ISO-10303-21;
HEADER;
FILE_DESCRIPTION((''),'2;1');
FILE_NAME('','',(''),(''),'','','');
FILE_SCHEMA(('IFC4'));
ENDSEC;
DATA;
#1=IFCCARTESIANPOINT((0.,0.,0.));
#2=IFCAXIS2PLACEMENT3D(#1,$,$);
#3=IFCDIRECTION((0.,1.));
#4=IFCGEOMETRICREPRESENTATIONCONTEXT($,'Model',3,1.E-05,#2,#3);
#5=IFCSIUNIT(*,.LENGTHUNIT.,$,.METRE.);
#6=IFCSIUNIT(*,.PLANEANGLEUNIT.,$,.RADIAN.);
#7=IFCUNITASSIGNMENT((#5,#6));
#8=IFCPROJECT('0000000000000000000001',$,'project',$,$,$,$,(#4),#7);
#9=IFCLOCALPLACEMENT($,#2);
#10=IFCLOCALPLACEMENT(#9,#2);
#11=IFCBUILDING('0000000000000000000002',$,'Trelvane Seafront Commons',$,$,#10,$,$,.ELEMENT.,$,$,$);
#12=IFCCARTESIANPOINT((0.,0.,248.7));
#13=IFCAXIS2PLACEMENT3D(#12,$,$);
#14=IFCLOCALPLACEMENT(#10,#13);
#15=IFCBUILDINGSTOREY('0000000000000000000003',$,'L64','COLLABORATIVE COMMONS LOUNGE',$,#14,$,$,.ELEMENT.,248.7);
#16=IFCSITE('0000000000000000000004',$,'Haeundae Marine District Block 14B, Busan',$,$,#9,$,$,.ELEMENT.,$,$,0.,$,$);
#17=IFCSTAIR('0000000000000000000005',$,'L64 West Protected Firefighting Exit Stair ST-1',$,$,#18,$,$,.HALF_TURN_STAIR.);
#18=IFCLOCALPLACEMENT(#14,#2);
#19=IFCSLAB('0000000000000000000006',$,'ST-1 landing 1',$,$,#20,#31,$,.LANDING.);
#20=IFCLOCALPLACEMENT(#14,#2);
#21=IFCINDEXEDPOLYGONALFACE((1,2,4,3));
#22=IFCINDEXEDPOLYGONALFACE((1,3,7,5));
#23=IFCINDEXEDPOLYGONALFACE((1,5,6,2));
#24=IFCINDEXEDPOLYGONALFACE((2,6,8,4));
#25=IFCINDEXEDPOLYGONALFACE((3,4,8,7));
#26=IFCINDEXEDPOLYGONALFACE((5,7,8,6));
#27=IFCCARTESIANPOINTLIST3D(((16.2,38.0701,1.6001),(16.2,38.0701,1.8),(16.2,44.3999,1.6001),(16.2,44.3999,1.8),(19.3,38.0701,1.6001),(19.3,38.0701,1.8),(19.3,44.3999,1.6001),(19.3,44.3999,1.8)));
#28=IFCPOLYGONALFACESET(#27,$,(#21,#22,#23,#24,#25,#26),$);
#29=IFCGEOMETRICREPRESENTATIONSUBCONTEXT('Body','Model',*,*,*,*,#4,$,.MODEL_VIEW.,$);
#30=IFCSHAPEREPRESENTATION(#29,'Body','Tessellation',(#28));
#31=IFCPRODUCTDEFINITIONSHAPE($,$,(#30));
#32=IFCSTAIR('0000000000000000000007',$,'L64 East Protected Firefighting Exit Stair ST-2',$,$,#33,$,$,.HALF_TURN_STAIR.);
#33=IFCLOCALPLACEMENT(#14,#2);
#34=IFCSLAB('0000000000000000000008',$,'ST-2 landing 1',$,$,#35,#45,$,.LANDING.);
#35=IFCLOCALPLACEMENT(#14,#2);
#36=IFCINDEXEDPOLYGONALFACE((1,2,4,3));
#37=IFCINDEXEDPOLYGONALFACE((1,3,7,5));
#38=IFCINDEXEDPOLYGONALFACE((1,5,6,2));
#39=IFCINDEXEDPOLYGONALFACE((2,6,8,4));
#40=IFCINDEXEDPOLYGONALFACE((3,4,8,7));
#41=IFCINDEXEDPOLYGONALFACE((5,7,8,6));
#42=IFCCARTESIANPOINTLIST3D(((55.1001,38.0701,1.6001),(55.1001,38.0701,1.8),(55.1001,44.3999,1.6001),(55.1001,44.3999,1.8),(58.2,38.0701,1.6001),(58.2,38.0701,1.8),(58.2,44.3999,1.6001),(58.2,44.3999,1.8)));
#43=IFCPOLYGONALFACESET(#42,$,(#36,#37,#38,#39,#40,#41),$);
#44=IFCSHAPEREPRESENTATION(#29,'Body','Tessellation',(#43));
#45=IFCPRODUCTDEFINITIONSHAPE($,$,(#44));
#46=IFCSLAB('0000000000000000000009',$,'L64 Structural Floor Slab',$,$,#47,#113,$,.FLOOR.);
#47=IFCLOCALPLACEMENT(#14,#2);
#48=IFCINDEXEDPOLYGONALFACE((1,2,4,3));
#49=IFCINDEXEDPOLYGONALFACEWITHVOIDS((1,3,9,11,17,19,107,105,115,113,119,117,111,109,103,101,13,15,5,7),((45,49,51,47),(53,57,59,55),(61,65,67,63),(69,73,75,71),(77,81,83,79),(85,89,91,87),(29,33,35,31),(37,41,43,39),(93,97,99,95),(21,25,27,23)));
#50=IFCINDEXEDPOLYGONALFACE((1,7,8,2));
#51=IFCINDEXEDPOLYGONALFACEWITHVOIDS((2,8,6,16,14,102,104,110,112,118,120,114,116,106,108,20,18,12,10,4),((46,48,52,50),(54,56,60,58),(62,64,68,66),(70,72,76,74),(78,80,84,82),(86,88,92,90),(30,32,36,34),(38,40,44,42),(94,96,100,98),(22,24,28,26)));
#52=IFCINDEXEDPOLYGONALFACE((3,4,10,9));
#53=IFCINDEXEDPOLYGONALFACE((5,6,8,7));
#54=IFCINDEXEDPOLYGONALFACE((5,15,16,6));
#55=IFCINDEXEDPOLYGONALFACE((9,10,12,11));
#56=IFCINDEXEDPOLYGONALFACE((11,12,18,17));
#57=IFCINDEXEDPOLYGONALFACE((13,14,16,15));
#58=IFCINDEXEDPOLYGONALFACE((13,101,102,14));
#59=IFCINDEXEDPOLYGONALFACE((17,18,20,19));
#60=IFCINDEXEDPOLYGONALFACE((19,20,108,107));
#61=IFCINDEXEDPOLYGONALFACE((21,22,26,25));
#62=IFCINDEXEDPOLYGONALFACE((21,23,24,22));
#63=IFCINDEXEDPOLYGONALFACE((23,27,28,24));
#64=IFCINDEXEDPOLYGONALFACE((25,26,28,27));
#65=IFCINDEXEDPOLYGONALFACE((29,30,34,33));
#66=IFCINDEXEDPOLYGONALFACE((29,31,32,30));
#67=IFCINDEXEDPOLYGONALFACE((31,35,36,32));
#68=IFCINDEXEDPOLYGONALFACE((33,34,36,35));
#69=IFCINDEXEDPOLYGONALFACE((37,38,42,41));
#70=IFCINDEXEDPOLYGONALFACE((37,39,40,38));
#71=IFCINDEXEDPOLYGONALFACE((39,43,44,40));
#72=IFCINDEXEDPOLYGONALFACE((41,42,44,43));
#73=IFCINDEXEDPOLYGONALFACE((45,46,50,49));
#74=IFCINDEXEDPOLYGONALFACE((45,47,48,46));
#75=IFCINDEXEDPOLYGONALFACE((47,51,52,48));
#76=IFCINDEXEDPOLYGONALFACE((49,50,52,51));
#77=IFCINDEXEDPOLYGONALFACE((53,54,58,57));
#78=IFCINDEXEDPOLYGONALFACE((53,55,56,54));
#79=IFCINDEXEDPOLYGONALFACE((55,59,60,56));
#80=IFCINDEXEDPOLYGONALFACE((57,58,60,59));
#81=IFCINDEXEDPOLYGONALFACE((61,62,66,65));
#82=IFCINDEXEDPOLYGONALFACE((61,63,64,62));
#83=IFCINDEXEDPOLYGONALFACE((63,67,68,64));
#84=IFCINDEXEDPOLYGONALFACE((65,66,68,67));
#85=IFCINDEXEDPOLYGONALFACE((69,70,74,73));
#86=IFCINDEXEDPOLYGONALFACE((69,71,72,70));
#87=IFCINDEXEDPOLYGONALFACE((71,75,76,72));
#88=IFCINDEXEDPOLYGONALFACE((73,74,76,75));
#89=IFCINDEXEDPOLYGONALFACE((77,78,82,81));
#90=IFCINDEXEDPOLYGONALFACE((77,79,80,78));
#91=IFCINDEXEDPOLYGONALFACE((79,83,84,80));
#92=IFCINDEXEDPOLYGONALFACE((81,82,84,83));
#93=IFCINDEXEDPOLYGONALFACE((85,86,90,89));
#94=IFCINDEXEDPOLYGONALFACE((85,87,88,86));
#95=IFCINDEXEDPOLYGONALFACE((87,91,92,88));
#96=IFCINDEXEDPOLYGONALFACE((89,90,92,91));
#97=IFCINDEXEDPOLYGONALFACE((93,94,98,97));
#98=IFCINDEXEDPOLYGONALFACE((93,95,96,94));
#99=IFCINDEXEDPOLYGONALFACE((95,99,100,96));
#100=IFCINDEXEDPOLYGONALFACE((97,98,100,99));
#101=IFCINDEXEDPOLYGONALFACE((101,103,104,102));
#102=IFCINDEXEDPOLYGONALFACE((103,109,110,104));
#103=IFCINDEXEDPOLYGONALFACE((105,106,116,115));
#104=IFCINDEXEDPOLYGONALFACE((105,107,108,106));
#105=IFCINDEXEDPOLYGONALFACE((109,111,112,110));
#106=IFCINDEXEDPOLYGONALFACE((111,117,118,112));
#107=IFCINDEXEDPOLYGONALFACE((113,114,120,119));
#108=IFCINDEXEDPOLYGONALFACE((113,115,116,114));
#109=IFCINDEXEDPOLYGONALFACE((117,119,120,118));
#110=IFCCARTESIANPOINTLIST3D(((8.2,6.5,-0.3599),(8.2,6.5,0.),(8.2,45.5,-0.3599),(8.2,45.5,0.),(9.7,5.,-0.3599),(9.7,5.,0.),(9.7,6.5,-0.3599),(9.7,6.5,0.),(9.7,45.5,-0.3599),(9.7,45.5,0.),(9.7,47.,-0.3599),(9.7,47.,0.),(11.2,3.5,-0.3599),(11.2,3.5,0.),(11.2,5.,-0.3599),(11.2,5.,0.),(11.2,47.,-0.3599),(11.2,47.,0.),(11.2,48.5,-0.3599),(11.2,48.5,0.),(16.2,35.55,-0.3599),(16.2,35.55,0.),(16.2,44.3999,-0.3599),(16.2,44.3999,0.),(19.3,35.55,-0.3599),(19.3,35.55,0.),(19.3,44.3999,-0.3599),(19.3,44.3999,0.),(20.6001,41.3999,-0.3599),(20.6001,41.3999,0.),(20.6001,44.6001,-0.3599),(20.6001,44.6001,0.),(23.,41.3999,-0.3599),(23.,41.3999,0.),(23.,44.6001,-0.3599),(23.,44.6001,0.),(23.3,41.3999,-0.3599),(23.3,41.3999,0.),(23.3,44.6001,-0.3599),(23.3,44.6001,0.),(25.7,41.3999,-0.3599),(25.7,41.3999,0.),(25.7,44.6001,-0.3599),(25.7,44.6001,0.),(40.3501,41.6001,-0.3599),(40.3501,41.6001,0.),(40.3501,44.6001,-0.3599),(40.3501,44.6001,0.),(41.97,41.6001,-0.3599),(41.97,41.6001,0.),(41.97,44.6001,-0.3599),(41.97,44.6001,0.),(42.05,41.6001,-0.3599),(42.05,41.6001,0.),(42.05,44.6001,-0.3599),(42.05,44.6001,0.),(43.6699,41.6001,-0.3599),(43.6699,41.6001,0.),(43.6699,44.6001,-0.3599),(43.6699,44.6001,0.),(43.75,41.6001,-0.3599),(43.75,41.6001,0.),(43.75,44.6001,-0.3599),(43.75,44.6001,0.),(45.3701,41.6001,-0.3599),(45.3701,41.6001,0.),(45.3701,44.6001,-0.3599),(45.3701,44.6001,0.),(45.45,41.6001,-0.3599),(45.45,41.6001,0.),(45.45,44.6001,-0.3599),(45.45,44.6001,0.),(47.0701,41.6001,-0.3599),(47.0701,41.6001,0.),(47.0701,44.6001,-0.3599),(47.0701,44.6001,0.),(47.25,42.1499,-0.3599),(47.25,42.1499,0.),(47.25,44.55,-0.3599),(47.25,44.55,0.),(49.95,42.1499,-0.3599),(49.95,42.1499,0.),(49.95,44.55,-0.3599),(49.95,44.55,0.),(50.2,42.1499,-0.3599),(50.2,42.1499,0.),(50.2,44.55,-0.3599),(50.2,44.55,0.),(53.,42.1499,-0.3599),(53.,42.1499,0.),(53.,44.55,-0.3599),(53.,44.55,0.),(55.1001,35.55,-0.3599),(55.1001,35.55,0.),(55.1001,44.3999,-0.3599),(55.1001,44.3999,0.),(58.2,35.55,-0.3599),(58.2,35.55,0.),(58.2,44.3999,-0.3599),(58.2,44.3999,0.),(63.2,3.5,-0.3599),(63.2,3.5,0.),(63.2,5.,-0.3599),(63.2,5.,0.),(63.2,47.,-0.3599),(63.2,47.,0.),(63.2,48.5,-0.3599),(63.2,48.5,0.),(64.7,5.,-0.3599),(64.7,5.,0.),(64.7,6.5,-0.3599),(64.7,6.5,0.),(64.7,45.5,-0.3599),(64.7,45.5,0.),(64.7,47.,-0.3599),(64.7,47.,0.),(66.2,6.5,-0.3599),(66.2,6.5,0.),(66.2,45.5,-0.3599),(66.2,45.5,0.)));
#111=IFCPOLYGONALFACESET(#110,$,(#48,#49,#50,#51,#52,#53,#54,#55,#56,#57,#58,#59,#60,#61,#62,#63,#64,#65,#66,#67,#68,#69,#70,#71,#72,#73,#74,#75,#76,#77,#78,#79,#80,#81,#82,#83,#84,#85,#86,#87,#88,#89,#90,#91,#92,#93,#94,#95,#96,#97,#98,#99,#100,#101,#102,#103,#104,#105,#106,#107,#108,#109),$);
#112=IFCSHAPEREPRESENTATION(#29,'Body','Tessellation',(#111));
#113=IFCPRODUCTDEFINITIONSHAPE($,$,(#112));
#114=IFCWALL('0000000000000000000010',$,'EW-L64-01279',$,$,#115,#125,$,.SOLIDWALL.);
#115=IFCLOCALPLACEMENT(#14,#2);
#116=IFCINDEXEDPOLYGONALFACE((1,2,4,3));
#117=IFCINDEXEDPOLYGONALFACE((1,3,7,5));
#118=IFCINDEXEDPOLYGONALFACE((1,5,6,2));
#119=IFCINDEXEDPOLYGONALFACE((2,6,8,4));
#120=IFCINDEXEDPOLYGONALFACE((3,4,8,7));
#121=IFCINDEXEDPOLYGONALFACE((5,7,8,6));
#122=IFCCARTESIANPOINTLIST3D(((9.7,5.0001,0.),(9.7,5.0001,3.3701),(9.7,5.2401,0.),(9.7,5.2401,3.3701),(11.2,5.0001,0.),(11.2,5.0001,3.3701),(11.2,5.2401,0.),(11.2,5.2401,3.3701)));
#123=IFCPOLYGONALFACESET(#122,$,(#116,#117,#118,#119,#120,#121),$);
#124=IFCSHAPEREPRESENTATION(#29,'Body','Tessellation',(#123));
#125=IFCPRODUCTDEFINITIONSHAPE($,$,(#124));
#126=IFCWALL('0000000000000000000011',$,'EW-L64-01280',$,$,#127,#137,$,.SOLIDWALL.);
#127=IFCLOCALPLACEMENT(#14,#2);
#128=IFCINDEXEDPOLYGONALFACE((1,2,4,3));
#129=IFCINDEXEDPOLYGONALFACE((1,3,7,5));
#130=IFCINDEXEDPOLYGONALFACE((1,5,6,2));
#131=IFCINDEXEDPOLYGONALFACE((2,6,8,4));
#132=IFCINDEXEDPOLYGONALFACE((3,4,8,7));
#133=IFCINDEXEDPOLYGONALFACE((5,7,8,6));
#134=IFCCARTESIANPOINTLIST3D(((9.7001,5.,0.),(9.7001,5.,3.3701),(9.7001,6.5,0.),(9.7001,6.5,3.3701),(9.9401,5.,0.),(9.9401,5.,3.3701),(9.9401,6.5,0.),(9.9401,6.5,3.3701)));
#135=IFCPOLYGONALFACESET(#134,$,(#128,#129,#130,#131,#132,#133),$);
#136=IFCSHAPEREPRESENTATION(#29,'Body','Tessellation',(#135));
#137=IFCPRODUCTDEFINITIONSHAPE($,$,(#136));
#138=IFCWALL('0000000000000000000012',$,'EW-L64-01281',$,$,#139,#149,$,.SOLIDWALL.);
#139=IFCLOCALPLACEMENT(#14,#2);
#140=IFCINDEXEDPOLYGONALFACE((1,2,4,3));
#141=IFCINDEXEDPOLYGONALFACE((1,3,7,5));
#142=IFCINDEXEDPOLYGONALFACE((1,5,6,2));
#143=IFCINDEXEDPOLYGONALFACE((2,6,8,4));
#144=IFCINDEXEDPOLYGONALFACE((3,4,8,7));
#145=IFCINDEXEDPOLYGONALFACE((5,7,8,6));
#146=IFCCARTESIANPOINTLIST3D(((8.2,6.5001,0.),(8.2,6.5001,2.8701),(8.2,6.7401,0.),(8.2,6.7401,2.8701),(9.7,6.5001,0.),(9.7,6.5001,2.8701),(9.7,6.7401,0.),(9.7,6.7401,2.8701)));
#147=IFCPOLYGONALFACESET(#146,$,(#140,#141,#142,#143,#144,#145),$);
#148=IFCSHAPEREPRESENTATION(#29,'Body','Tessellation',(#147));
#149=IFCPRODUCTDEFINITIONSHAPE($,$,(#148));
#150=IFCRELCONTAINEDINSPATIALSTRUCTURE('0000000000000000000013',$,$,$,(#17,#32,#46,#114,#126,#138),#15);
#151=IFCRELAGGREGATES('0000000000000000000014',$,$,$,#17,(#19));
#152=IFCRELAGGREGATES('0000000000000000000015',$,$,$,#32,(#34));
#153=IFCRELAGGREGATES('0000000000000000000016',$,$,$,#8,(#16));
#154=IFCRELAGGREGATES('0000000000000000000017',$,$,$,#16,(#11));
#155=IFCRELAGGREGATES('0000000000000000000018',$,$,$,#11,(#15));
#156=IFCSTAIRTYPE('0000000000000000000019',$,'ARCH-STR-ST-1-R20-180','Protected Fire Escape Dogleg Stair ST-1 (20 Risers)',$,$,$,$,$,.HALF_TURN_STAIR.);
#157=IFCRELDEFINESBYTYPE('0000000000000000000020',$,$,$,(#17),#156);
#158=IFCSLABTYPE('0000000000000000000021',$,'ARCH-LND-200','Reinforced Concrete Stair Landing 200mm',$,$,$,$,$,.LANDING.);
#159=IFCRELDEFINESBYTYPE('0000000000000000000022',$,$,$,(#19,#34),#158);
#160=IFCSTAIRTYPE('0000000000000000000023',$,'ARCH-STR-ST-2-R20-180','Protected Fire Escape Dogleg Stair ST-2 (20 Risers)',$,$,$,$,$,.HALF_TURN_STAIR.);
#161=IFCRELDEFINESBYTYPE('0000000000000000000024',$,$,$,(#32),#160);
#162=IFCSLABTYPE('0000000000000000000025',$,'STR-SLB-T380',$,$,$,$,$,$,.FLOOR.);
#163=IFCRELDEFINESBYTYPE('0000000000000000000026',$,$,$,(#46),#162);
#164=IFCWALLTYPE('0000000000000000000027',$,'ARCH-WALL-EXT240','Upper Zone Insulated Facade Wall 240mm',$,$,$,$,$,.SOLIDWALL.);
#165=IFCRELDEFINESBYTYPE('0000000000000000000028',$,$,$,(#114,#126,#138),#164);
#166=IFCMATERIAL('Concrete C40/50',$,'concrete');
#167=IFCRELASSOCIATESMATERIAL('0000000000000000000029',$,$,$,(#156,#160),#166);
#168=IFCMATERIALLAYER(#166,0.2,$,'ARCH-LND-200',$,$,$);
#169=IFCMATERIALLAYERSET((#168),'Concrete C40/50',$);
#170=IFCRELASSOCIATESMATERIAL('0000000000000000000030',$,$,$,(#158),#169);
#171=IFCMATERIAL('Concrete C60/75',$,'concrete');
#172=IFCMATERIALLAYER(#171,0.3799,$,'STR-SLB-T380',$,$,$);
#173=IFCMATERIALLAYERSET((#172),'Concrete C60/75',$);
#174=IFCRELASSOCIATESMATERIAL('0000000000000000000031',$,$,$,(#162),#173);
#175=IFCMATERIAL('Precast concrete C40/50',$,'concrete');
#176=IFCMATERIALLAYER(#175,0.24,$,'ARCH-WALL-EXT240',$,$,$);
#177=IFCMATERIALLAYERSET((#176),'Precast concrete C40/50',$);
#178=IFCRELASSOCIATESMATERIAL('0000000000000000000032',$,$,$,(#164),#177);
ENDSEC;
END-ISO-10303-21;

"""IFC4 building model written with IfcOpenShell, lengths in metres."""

from ifc_helpers import new_model, si_unit, direction, frame, frame_2d, origin, place, context, subcontext, project, spatial, polyline, rectangle, outline, extrude, material, layer, layer_set, type_object, element, aggregate, save


model = new_model("IFC4")

# Units and contexts
model_context = context("Model", 3, precision=1e-05, world=origin(), true_north=direction((0.0, 1.0)))
body_context = subcontext(model_context, "Body", "Model", "MODEL_VIEW")
ifc_project = project(units=[si_unit("LENGTHUNIT", "METRE"), si_unit("PLANEANGLEUNIT", "RADIAN")], contexts=[model_context])

# Site, building, storey
site_placement = place(None, origin())
site = spatial("IfcSite", under=ifc_project, at=site_placement, Name="Haeundae Marine District Block 14B, Busan", CompositionType="ELEMENT", RefElevation=0.0)
building_placement = place(site_placement, origin())
building = spatial("IfcBuilding", under=site, at=building_placement, Name="Trelvane Seafront Commons", CompositionType="ELEMENT")
storey_placement = place(building_placement, frame((0.0, 0.0, 248.7)))
storey = spatial("IfcBuildingStorey", under=building, at=storey_placement, Name="L64", Description="COLLABORATIVE COMMONS LOUNGE", CompositionType="ELEMENT", Elevation=248.7)

# Shared definitions
ifc_material_1 = material(Name="Concrete C40/50", Category="concrete")

# Stairs, slabs
stair_type_1 = type_object("IfcStairType", Name="ARCH-STR-ST-1-R20-180", Description="Protected Fire Escape Dogleg Stair ST-1 (20 Risers)", PredefinedType="HALF_TURN_STAIR", material=ifc_material_1)
stair_1_placement = place(storey_placement, origin())
stair_1 = element("IfcStair", 1, at=stair_1_placement, inside=storey, type_object=stair_type_1, Name="L64 West Protected Firefighting Exit Stair ST-1", PredefinedType="HALF_TURN_STAIR")
ifc_layer_1 = layer(ifc_material_1, 0.2, Name="ARCH-LND-200")
ifc_layer_set_1 = layer_set([ifc_layer_1], Name="Concrete C40/50")
slab_type_1 = type_object("IfcSlabType", Name="ARCH-LND-200", Description="Reinforced Concrete Stair Landing 200mm", PredefinedType="LANDING", material=ifc_layer_set_1)
slab_1_placement = place(storey_placement, frame((0.0, 0.0, 1.6001)))
slab_1 = element("IfcSlab", 2, at=slab_1_placement, type_object=slab_type_1, Name="ST-1 landing 1", PredefinedType="LANDING", context=body_context, shape_type="SweptSolid", body=[
    extrude(outline(polyline([(19.3, 38.0701), (19.3, 44.3999), (16.2, 44.3999), (16.2, 38.0701), (19.3, 38.0701)])), origin(), (0.0, 0.0, 1.0), 0.2),
])
aggregate(stair_1, [slab_1])
stair_type_2 = type_object("IfcStairType", Name="ARCH-STR-ST-2-R20-180", Description="Protected Fire Escape Dogleg Stair ST-2 (20 Risers)", PredefinedType="HALF_TURN_STAIR", material=ifc_material_1)
stair_2_placement = place(storey_placement, origin())
stair_2 = element("IfcStair", 3, at=stair_2_placement, inside=storey, type_object=stair_type_2, Name="L64 East Protected Firefighting Exit Stair ST-2", PredefinedType="HALF_TURN_STAIR")
slab_2_placement = place(storey_placement, frame((0.0, 0.0, 1.6001)))
slab_2 = element("IfcSlab", 4, at=slab_2_placement, type_object=slab_type_1, Name="ST-2 landing 1", PredefinedType="LANDING", context=body_context, shape_type="SweptSolid", body=[
    extrude(outline(polyline([(58.2, 38.0701), (58.2, 44.3999), (55.1001, 44.3999), (55.1001, 38.0701), (58.2, 38.0701)])), origin(), (0.0, 0.0, 1.0), 0.2),
])
aggregate(stair_2, [slab_2])

# Slab
ifc_material_2 = material(Name="Concrete C60/75", Category="concrete")
ifc_layer_2 = layer(ifc_material_2, 0.3799, Name="STR-SLB-T380")
ifc_layer_set_2 = layer_set([ifc_layer_2], Name="Concrete C60/75")
slab_type_2 = type_object("IfcSlabType", Name="STR-SLB-T380", PredefinedType="FLOOR", material=ifc_layer_set_2)
slab_3_placement = place(storey_placement, frame((0.0, 0.0, -0.3599)))
element("IfcSlab", 5, at=slab_3_placement, inside=storey, type_object=slab_type_2, Name="L64 Structural Floor Slab", PredefinedType="FLOOR", context=body_context, shape_type="SweptSolid", body=[
    extrude(outline(polyline([(11.2, 3.5), (63.2, 3.5), (63.2, 5.0), (64.7, 5.0), (64.7, 6.5), (66.2, 6.5), (66.2, 45.5), (64.7, 45.5), (64.7, 47.0), (63.2, 47.0), (63.2, 48.5), (11.2, 48.5), (11.2, 47.0), (9.7, 47.0), (9.7, 45.5), (8.2, 45.5), (8.2, 6.5), (9.7, 6.5), (9.7, 5.0), (11.2, 5.0), (11.2, 3.5)]), holes=[polyline([(19.3, 35.55), (16.2, 35.55), (16.2, 44.3999), (19.3, 44.3999), (19.3, 35.55)]), polyline([(58.2, 35.55), (55.1001, 35.55), (55.1001, 44.3999), (58.2, 44.3999), (58.2, 35.55)]), polyline([(23.0, 41.3999), (20.6001, 41.3999), (20.6001, 44.6001), (23.0, 44.6001), (23.0, 41.3999)]), polyline([(23.3, 41.3999), (23.3, 44.6001), (25.7, 44.6001), (25.7, 41.3999), (23.3, 41.3999)]), polyline([(40.3501, 41.6001), (40.3501, 44.6001), (41.97, 44.6001), (41.97, 41.6001), (40.3501, 41.6001)]), polyline([(43.6699, 41.6001), (42.05, 41.6001), (42.05, 44.6001), (43.6699, 44.6001), (43.6699, 41.6001)]), polyline([(45.3701, 41.6001), (43.75, 41.6001), (43.75, 44.6001), (45.3701, 44.6001), (45.3701, 41.6001)]), polyline([(47.0701, 41.6001), (45.45, 41.6001), (45.45, 44.6001), (47.0701, 44.6001), (47.0701, 41.6001)]), polyline([(47.25, 42.1499), (47.25, 44.55), (49.95, 44.55), (49.95, 42.1499), (47.25, 42.1499)]), polyline([(50.2, 42.1499), (50.2, 44.55), (53.0, 44.55), (53.0, 42.1499), (50.2, 42.1499)])]), origin(), (0.0, 0.0, 1.0), 0.3599),
])

# Walls
ifc_material_3 = material(Name="Precast concrete C40/50", Category="concrete")
ifc_layer_3 = layer(ifc_material_3, 0.24, Name="ARCH-WALL-EXT240")
ifc_layer_set_3 = layer_set([ifc_layer_3], Name="Precast concrete C40/50")
wall_type_1 = type_object("IfcWallType", Name="ARCH-WALL-EXT240", Description="Upper Zone Insulated Facade Wall 240mm", PredefinedType="SOLIDWALL", material=ifc_layer_set_3)
for number, where, z_axis, x_axis, name in (
    (6, (11.2, 5.1201, 0.0), (0.0, 0.0, 1.0), (-1.0, 0.0, 0.0), "EW-L64-01279"),
    (7, (9.8201, 5.0, 0.0), (0.0, 0.0, 1.0), (0.0, 1.0, 0.0), "EW-L64-01280"),
):
    element("IfcWall", number, at=place(storey_placement, frame(where, z_axis=z_axis, x_axis=x_axis)), inside=storey, type_object=wall_type_1, Name=name, PredefinedType="SOLIDWALL", context=body_context, shape_type="SweptSolid", body=[
        extrude(rectangle(XDim=1.5, YDim=0.24, at=frame_2d((0.75, 0.0))), origin(), (0.0, 0.0, 1.0), 3.3701),
    ])
wall_1_placement = place(storey_placement, frame((9.7, 6.6201, 0.0), z_axis=(0.0, 0.0, 1.0), x_axis=(-1.0, 0.0, 0.0)))
element("IfcWall", 8, at=wall_1_placement, inside=storey, type_object=wall_type_1, Name="EW-L64-01281", PredefinedType="SOLIDWALL", context=body_context, shape_type="SweptSolid", body=[
    extrude(rectangle(XDim=1.5, YDim=0.24, at=frame_2d((0.75, 0.0))), origin(), (0.0, 0.0, 1.0), 2.8701),
])

save(model, "model.ifc")
